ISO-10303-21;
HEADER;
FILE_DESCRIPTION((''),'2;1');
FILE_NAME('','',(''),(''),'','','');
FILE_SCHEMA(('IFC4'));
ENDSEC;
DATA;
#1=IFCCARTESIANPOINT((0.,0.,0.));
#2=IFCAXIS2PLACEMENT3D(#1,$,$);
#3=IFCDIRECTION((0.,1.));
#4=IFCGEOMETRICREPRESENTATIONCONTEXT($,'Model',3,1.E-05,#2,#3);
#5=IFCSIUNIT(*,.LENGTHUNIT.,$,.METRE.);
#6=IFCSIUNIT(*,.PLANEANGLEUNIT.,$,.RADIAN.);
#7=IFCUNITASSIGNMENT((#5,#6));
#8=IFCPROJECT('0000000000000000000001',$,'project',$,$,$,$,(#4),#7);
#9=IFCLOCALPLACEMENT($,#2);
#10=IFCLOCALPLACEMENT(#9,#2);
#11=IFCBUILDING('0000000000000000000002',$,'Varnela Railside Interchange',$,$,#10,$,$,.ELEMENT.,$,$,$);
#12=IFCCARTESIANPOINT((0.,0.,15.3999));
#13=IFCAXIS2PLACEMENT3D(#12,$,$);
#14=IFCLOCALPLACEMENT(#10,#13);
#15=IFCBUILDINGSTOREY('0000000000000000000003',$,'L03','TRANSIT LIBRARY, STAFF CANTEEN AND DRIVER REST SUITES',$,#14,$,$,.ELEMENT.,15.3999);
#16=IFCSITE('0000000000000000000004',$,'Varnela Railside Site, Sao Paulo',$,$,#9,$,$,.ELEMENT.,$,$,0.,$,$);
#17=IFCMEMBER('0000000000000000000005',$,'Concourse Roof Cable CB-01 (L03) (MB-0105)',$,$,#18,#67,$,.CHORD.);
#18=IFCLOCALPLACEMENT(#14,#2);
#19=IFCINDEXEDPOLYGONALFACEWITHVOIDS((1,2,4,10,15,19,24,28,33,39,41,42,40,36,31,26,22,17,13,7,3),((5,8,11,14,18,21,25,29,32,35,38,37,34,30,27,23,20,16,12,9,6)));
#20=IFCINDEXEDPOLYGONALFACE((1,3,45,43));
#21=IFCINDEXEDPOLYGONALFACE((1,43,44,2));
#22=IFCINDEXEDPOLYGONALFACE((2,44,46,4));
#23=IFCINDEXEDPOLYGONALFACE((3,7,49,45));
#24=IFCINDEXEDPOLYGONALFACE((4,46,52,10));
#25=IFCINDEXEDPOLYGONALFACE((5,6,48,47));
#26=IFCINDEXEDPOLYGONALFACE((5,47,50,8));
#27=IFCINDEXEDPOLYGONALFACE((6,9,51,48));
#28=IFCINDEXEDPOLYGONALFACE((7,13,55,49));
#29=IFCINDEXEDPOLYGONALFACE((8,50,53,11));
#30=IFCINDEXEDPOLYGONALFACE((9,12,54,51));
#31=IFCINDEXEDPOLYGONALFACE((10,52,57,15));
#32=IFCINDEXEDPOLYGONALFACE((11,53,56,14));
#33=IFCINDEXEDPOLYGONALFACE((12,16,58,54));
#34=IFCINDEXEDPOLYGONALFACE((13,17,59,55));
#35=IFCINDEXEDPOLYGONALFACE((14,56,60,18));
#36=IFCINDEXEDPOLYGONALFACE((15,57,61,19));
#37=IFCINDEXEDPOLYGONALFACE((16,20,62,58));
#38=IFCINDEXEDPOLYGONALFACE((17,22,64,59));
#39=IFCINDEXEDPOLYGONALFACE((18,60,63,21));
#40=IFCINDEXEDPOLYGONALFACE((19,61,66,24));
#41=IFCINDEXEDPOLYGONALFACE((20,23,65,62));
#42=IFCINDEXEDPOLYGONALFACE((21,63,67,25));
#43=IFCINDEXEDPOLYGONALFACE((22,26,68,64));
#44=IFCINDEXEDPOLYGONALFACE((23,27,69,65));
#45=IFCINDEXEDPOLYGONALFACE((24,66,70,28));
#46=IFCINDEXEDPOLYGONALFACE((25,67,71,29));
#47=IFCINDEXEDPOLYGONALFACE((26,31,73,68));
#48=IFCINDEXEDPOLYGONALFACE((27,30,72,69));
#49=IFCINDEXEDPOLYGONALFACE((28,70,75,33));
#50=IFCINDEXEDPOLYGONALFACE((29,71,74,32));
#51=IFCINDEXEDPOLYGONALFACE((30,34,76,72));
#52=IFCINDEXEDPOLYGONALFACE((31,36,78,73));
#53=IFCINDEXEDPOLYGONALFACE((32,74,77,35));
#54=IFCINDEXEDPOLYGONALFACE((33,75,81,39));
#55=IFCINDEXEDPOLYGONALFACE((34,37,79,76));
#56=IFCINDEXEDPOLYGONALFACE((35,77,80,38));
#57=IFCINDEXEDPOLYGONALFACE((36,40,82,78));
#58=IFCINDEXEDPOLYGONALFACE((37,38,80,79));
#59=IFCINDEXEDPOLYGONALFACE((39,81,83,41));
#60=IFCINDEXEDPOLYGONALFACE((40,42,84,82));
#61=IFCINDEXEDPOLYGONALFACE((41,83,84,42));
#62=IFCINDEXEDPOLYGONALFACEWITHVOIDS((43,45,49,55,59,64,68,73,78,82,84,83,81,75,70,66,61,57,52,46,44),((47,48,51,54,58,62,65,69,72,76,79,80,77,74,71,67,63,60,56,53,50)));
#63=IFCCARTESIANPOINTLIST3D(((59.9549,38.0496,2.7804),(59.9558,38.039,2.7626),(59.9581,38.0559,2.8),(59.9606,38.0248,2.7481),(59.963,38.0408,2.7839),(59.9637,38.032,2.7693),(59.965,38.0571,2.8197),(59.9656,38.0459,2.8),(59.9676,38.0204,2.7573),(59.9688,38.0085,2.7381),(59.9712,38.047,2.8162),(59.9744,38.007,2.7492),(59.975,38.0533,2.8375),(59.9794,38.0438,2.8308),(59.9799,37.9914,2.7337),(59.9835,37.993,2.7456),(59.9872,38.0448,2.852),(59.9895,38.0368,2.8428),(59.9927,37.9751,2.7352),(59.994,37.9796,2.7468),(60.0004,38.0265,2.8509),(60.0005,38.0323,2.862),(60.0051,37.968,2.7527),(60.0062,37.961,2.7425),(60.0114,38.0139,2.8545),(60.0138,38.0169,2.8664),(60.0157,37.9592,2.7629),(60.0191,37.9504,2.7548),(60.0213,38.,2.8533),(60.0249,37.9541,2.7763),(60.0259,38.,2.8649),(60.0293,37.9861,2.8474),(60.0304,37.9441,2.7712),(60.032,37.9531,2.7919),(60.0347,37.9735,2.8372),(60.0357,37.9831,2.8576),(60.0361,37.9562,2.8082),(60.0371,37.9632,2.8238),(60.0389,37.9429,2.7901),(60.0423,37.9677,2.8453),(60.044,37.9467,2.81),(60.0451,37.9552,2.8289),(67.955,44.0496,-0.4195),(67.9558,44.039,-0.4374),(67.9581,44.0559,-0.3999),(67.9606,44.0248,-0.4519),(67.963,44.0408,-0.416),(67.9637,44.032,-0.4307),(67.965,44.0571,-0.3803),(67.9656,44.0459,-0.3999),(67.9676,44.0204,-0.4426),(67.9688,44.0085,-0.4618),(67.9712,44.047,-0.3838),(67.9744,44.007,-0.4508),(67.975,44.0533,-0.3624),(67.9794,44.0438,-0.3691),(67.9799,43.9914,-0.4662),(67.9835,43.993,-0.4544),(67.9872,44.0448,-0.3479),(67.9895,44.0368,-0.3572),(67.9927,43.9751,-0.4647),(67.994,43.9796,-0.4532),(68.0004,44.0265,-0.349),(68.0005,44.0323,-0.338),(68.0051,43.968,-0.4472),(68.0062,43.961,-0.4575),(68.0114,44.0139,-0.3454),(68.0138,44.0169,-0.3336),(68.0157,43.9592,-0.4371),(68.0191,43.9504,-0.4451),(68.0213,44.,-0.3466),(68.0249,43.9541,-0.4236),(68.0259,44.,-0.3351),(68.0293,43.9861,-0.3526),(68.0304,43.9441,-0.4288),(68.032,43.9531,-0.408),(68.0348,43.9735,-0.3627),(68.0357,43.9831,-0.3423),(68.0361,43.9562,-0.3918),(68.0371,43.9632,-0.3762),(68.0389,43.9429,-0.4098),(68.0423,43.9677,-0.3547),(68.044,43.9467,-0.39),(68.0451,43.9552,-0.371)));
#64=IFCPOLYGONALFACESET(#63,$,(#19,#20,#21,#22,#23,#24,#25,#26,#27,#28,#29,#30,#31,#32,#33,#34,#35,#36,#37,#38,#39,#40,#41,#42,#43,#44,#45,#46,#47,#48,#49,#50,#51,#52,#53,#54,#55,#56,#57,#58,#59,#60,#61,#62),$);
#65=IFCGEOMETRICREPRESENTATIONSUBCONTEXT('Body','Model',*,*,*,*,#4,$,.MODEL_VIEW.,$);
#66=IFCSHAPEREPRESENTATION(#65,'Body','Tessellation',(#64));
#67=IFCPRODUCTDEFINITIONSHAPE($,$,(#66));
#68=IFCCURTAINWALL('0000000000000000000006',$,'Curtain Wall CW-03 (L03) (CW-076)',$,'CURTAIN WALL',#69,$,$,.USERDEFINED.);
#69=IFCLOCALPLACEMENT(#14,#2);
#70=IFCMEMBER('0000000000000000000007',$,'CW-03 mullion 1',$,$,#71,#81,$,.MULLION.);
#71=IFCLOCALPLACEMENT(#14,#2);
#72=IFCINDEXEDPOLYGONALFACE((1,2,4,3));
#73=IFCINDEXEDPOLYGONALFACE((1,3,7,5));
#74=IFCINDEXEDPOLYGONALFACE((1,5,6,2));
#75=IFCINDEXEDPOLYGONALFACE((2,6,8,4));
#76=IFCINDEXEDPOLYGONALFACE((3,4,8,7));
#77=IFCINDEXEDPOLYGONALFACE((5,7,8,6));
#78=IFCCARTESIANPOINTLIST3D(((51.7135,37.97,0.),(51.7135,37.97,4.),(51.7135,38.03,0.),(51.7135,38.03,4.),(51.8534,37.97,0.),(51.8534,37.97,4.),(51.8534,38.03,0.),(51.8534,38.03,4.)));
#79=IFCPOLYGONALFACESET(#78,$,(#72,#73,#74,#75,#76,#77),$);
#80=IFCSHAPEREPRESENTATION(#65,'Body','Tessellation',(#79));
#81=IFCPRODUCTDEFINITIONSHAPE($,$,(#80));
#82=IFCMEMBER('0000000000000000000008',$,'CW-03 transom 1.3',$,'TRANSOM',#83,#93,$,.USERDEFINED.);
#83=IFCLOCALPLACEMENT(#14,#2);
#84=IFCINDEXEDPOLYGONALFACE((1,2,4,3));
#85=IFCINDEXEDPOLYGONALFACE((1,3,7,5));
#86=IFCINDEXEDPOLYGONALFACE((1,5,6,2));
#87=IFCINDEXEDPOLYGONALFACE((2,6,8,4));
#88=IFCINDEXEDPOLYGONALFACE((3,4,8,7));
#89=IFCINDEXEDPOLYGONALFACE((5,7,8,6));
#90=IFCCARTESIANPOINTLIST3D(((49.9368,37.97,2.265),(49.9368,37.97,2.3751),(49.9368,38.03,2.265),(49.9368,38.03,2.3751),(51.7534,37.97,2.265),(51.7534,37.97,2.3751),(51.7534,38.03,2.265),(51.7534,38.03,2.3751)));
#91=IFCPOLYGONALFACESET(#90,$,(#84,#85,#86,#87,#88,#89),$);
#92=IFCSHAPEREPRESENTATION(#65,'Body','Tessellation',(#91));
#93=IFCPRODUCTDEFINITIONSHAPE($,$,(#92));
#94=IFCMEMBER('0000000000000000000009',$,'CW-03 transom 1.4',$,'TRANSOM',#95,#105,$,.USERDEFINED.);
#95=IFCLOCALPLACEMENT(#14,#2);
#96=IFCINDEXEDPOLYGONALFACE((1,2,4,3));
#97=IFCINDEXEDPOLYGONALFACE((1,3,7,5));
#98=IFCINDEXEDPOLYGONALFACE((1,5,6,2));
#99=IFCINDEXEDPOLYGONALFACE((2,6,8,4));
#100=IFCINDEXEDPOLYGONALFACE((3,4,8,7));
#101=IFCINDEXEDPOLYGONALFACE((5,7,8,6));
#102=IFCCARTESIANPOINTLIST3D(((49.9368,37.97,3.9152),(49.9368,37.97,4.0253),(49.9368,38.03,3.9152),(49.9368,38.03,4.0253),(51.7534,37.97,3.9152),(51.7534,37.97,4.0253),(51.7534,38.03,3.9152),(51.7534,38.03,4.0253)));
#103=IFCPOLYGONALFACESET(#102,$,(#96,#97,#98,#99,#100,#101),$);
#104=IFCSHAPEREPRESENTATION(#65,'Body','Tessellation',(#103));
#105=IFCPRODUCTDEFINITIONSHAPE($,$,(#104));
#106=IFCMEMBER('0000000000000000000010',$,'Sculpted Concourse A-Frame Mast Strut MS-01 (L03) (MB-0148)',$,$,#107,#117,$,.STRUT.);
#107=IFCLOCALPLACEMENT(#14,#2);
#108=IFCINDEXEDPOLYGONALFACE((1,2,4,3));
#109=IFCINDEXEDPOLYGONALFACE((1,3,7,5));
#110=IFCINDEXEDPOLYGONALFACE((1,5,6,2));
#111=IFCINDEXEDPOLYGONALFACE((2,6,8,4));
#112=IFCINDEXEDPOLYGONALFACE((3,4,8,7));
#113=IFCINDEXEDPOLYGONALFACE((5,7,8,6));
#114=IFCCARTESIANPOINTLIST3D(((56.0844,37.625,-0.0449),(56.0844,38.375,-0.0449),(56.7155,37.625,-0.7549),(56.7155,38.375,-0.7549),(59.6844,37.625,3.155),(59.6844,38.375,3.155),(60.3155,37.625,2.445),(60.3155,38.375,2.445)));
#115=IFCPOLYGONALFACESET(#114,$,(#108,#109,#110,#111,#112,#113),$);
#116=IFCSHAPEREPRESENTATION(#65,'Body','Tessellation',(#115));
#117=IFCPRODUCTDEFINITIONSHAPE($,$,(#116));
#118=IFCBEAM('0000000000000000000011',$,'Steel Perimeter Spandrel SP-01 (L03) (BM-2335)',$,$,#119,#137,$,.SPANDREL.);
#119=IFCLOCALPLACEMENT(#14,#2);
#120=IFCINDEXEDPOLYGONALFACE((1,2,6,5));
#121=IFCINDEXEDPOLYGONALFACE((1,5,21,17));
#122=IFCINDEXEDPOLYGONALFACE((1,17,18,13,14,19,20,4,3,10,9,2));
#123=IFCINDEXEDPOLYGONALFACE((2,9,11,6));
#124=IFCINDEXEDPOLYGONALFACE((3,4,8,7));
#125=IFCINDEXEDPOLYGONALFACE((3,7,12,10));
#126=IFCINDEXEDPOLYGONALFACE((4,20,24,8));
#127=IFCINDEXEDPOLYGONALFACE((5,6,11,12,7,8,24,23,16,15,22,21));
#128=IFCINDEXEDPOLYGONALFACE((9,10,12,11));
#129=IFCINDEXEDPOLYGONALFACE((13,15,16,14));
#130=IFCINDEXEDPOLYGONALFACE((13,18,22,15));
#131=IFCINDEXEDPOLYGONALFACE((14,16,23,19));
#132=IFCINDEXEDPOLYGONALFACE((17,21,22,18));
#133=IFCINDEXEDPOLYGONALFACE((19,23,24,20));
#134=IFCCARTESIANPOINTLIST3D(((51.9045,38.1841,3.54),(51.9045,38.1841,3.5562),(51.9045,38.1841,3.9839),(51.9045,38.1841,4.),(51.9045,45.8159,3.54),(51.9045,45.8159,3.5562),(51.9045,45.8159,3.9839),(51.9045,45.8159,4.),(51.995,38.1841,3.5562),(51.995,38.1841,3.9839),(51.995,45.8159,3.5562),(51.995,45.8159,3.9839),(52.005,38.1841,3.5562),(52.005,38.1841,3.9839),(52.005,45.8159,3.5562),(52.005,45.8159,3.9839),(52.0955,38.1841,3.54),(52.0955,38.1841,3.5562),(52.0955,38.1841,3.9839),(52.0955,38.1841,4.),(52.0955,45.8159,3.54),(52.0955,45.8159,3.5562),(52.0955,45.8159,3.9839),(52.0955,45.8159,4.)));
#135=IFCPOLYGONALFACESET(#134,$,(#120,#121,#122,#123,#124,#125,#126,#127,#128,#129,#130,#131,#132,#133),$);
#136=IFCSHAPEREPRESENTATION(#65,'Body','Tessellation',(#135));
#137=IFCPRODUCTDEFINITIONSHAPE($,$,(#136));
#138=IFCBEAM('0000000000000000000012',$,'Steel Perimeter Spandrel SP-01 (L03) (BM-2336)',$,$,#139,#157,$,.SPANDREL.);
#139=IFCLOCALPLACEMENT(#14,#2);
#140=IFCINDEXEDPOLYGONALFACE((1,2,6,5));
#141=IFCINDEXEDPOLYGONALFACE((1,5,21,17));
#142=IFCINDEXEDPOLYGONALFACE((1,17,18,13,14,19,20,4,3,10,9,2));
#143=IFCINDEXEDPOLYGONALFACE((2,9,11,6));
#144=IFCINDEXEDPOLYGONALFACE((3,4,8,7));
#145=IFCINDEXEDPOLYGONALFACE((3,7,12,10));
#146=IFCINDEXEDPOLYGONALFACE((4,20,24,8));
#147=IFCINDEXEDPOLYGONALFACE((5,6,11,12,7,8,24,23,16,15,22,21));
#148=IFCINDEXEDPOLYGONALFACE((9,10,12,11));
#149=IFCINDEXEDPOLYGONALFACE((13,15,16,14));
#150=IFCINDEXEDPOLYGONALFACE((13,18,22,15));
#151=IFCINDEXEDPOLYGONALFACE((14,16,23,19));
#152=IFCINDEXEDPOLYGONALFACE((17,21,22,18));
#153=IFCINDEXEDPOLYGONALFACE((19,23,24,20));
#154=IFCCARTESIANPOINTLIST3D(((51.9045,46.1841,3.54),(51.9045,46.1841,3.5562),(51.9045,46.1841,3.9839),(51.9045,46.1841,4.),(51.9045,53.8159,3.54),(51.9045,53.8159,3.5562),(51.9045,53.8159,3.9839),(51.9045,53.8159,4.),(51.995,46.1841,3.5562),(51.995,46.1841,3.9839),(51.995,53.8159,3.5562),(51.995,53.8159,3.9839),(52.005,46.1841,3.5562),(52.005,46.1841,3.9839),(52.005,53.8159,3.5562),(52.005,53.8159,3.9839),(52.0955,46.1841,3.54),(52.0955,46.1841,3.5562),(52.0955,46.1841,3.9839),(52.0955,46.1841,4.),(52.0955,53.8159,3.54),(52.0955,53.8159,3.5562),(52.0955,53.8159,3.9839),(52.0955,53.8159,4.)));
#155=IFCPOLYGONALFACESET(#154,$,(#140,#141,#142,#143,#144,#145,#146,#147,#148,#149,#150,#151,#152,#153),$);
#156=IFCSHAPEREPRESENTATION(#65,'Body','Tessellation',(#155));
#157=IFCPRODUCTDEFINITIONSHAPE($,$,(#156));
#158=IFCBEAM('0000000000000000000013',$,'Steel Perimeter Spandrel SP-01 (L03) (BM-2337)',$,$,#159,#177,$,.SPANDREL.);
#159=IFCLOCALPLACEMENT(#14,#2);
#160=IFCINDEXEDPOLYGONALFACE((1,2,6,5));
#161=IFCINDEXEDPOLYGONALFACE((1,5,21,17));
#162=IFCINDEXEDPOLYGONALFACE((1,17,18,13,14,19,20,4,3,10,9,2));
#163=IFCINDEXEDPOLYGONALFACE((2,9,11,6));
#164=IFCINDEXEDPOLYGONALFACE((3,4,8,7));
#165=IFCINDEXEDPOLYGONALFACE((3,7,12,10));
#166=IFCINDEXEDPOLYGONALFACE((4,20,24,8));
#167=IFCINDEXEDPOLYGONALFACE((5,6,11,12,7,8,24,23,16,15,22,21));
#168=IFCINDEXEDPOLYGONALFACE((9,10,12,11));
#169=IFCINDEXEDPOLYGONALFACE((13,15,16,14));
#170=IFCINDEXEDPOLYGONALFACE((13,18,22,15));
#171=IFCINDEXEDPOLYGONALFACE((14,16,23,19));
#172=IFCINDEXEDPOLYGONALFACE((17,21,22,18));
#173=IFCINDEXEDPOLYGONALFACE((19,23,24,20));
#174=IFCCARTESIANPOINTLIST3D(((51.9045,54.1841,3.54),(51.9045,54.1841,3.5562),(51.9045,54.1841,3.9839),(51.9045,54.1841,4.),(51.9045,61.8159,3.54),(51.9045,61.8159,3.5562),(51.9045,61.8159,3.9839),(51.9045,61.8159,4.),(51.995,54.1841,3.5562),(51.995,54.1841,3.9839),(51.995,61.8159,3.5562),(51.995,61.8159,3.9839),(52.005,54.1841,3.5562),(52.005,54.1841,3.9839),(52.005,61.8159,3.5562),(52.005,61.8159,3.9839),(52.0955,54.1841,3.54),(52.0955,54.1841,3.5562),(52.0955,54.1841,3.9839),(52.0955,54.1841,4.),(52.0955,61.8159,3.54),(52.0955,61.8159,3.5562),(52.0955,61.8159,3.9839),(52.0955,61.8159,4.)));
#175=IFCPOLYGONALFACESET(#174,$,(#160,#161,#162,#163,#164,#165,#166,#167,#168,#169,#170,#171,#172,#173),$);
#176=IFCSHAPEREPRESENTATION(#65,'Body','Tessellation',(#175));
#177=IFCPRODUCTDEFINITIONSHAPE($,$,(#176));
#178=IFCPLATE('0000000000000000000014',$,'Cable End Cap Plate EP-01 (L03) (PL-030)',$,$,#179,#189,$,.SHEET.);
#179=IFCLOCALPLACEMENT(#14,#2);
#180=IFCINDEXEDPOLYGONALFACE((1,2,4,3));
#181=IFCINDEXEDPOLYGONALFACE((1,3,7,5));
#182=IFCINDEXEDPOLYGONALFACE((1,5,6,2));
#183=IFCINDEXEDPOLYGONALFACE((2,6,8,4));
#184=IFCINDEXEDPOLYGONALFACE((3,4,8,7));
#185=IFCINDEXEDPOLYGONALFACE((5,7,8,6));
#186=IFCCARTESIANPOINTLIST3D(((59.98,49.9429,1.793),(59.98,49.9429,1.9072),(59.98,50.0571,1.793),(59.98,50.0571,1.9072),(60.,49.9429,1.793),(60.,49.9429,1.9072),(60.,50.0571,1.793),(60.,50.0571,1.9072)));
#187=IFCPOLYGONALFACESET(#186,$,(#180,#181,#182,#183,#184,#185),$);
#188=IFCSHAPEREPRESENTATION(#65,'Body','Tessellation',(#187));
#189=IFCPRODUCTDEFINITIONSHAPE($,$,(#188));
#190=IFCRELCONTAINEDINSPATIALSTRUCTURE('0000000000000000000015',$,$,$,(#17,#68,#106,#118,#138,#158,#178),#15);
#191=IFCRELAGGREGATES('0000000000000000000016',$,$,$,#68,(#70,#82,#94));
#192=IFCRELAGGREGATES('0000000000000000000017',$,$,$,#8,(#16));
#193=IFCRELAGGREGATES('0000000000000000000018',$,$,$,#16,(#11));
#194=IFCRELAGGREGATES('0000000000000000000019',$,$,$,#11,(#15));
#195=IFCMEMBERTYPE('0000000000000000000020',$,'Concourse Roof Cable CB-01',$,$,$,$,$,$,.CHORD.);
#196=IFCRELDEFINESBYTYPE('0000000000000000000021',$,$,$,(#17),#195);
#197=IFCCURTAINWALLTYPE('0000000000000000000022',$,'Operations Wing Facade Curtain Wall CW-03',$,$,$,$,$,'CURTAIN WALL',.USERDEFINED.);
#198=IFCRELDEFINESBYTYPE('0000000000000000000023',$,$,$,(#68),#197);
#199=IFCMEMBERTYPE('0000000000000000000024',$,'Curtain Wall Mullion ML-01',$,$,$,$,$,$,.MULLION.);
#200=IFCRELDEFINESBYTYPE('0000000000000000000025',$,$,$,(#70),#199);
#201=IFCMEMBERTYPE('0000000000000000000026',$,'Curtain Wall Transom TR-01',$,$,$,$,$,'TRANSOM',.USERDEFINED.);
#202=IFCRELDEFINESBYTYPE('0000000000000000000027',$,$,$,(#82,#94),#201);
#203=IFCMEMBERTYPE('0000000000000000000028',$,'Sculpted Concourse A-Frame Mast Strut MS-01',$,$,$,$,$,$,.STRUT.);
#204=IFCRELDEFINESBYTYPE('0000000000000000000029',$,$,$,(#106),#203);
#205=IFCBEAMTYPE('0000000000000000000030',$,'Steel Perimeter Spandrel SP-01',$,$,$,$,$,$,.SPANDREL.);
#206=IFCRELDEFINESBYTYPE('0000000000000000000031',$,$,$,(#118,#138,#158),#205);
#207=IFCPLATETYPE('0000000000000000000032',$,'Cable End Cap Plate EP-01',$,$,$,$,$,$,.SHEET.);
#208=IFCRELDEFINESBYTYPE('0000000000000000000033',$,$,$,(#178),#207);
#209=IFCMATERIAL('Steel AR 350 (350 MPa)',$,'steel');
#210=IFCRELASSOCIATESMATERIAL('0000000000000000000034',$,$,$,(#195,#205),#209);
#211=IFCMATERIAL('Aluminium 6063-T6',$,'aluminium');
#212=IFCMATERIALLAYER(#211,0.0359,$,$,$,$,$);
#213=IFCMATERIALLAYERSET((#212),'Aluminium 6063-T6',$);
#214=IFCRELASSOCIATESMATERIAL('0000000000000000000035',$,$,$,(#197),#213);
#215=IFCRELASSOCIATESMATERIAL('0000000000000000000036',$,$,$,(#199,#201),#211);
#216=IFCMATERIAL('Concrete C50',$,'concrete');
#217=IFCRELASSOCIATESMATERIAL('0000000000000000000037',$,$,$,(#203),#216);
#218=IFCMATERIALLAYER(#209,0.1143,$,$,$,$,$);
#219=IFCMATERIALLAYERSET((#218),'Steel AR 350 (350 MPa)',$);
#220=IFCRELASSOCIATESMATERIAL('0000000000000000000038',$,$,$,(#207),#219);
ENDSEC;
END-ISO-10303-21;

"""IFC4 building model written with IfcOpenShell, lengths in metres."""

from ifc_helpers import new_model, si_unit, direction, frame, origin, origin_2d, place, context, subcontext, project, spatial, rectangle, hollow_circle, i_section, extrude, material, layer, layer_set, material_profile, profile_set, type_object, element, aggregate, save


model = new_model("IFC4")

# Units and contexts
model_context = context("Model", 3, precision=1e-05, world=origin(), true_north=direction((0.0, 1.0)))
body_context = subcontext(model_context, "Body", "Model", "MODEL_VIEW")
ifc_project = project(units=[si_unit("LENGTHUNIT", "METRE"), si_unit("PLANEANGLEUNIT", "RADIAN")], contexts=[model_context])

# Site, building, storey
site_placement = place(None, origin())
site = spatial("IfcSite", under=ifc_project, at=site_placement, Name="Varnela Railside Site, Sao Paulo", CompositionType="ELEMENT", RefElevation=0.0)
building_placement = place(site_placement, origin())
building = spatial("IfcBuilding", under=site, at=building_placement, Name="Varnela Railside Interchange", CompositionType="ELEMENT")
storey_placement = place(building_placement, frame((0.0, 0.0, 15.3999)))
storey = spatial("IfcBuildingStorey", under=building, at=storey_placement, Name="L03", Description="TRANSIT LIBRARY, STAFF CANTEEN AND DRIVER REST SUITES", CompositionType="ELEMENT", Elevation=15.3999)

# Shared definitions
ifc_material_1 = material(Name="Steel AR 350 (350 MPa)", Category="steel")

# Member
ifc_material_profile_1 = material_profile(ifc_material_1, hollow_circle(Radius=0.0698, WallThickness=0.0125, at=origin_2d()), Name="CHS 139.7x12.5")
ifc_profile_set_1 = profile_set([ifc_material_profile_1], Name="Steel AR 350 (350 MPa)")
member_type_1 = type_object("IfcMemberType", Name="Concourse Roof Cable CB-01", PredefinedType="CHORD", material=ifc_profile_set_1)
for number, where, z_axis, x_axis, name in (
    (1, (60.0, 38.0, 2.8), (0.76194, 0.571455, -0.304772), (-0.6, 0.8, 0.0), "Concourse Roof Cable CB-01 (L03) (MB-0105)"),
):
    element("IfcMember", number, at=place(storey_placement, frame(where, z_axis=z_axis, x_axis=x_axis)), inside=storey, type_object=member_type_1, Name=name, PredefinedType="CHORD", context=body_context, shape_type="SweptSolid", body=[
        extrude(hollow_circle(Radius=0.0698, WallThickness=0.0125, at=origin_2d()), origin(), (0.0, 0.0, 1.0), 10.4995),
    ])

# Curtain wall, members
ifc_material_2 = material(Name="Aluminium 6063-T6", Category="aluminium")
ifc_layer_1 = layer(ifc_material_2, 0.0359)
ifc_layer_set_1 = layer_set([ifc_layer_1], Name="Aluminium 6063-T6")
curtain_wall_type = type_object("IfcCurtainWallType", Name="Operations Wing Facade Curtain Wall CW-03", ElementType="CURTAIN WALL", PredefinedType="USERDEFINED", material=ifc_layer_set_1)
curtain_wall_placement = place(storey_placement, origin())
curtain_wall = element("IfcCurtainWall", 2, at=curtain_wall_placement, inside=storey, type_object=curtain_wall_type, Name="Curtain Wall CW-03 (L03) (CW-076)", ObjectType="CURTAIN WALL", PredefinedType="USERDEFINED")
ifc_material_profile_2 = material_profile(ifc_material_2, rectangle(XDim=0.0601, YDim=0.1399, at=origin_2d()), Name="ALU 60x140")
ifc_profile_set_2 = profile_set([ifc_material_profile_2], Name="Aluminium 6063-T6")
member_type_2 = type_object("IfcMemberType", Name="Curtain Wall Mullion ML-01", PredefinedType="MULLION", material=ifc_profile_set_2)
member_1_placement = place(storey_placement, frame((51.7834, 38.0, 0.0), z_axis=(0.0, 0.0, 1.0), x_axis=(0.0, -1.0, 0.0)))
member_1 = element("IfcMember", 3, at=member_1_placement, type_object=member_type_2, Name="CW-03 mullion 1", PredefinedType="MULLION", context=body_context, shape_type="SweptSolid", body=[
    extrude(rectangle(XDim=0.0601, YDim=0.1399, at=origin_2d()), origin(), (0.0, 0.0, 1.0), 4.0),
])
ifc_material_profile_3 = material_profile(ifc_material_2, rectangle(XDim=0.0601, YDim=0.1101, at=origin_2d()), Name="ALU 60x110")
ifc_profile_set_3 = profile_set([ifc_material_profile_3], Name="Aluminium 6063-T6")
member_type_3 = type_object("IfcMemberType", Name="Curtain Wall Transom TR-01", ElementType="TRANSOM", PredefinedType="USERDEFINED", material=ifc_profile_set_3)
member_2_placement = place(storey_placement, frame((51.7534, 38.0, 2.3201), z_axis=(-1.0, 0.0, 0.0), x_axis=(0.0, -1.0, 0.0)))
member_2 = element("IfcMember", 4, at=member_2_placement, type_object=member_type_3, Name="CW-03 transom 1.3", ObjectType="TRANSOM", PredefinedType="USERDEFINED", context=body_context, shape_type="SweptSolid", body=[
    extrude(rectangle(XDim=0.0601, YDim=0.1101, at=origin_2d()), origin(), (0.0, 0.0, 1.0), 1.8167),
])
member_3_placement = place(storey_placement, frame((51.7534, 38.0, 3.9702), z_axis=(-1.0, 0.0, 0.0), x_axis=(0.0, -1.0, 0.0)))
member_3 = element("IfcMember", 5, at=member_3_placement, type_object=member_type_3, Name="CW-03 transom 1.4", ObjectType="TRANSOM", PredefinedType="USERDEFINED", context=body_context, shape_type="SweptSolid", body=[
    extrude(rectangle(XDim=0.0601, YDim=0.1101, at=origin_2d()), origin(), (0.0, 0.0, 1.0), 1.8167),
])
aggregate(curtain_wall, [member_1, member_2, member_3])

# Member
ifc_material_3 = material(Name="Concrete C50", Category="concrete")
ifc_material_profile_4 = material_profile(ifc_material_3, rectangle(XDim=0.75, YDim=0.95, at=origin_2d()), Name="RC 750x950")
ifc_profile_set_4 = profile_set([ifc_material_profile_4], Name="Concrete C50")
member_type_4 = type_object("IfcMemberType", Name="Sculpted Concourse A-Frame Mast Strut MS-01", PredefinedType="STRUT", material=ifc_profile_set_4)
member_4_placement = place(storey_placement, frame((56.3999, 38.0, -0.3999), z_axis=(0.747423, 0.0, 0.664348), x_axis=(0.0, 1.0, 0.0)))
element("IfcMember", 6, at=member_4_placement, inside=storey, type_object=member_type_4, Name="Sculpted Concourse A-Frame Mast Strut MS-01 (L03) (MB-0148)", PredefinedType="STRUT", context=body_context, shape_type="SweptSolid", body=[
    extrude(rectangle(XDim=0.75, YDim=0.95, at=origin_2d()), origin(), (0.0, 0.0, 1.0), 4.8167),
])

# Beams
ifc_material_profile_5 = material_profile(ifc_material_1, i_section(OverallWidth=0.1909, OverallDepth=0.46, WebThickness=0.01, FlangeThickness=0.0161, at=origin_2d()), Name="W460x82")
ifc_profile_set_5 = profile_set([ifc_material_profile_5], Name="Steel AR 350 (350 MPa)")
beam_type_1 = type_object("IfcBeamType", Name="Steel Perimeter Spandrel SP-01", PredefinedType="SPANDREL", material=ifc_profile_set_5)
for number, where, z_axis, x_axis, name in (
    (7, (52.0, 38.1841, 3.77), (0.0, 1.0, 0.0), (-1.0, 0.0, 0.0), "Steel Perimeter Spandrel SP-01 (L03) (BM-2335)"),
    (8, (52.0, 46.1841, 3.77), (0.0, 1.0, 0.0), (-1.0, 0.0, 0.0), "Steel Perimeter Spandrel SP-01 (L03) (BM-2336)"),
    (9, (52.0, 54.1841, 3.77), (0.0, 1.0, 0.0), (-1.0, 0.0, 0.0), "Steel Perimeter Spandrel SP-01 (L03) (BM-2337)"),
):
    element("IfcBeam", number, at=place(storey_placement, frame(where, z_axis=z_axis, x_axis=x_axis)), inside=storey, type_object=beam_type_1, Name=name, PredefinedType="SPANDREL", context=body_context, shape_type="SweptSolid", body=[
        extrude(i_section(OverallWidth=0.1909, OverallDepth=0.46, WebThickness=0.01, FlangeThickness=0.0161, at=origin_2d()), origin(), (0.0, 0.0, 1.0), 7.6318),
    ])

# Plate
ifc_layer_2 = layer(ifc_material_1, 0.1143)
ifc_layer_set_2 = layer_set([ifc_layer_2], Name="Steel AR 350 (350 MPa)")
plate_type = type_object("IfcPlateType", Name="Cable End Cap Plate EP-01", PredefinedType="SHEET", material=ifc_layer_set_2)
plate_placement = place(storey_placement, frame((59.99, 50.0, 1.793), z_axis=(0.0, 0.0, 1.0), x_axis=(0.0, 1.0, 0.0)))
element("IfcPlate", 10, at=plate_placement, inside=storey, type_object=plate_type, Name="Cable End Cap Plate EP-01 (L03) (PL-030)", PredefinedType="SHEET", context=body_context, shape_type="SweptSolid", body=[
    extrude(rectangle(XDim=0.1143, YDim=0.02, at=origin_2d()), origin(), (0.0, 0.0, 1.0), 0.1143),
])

save(model, "model.ifc")
